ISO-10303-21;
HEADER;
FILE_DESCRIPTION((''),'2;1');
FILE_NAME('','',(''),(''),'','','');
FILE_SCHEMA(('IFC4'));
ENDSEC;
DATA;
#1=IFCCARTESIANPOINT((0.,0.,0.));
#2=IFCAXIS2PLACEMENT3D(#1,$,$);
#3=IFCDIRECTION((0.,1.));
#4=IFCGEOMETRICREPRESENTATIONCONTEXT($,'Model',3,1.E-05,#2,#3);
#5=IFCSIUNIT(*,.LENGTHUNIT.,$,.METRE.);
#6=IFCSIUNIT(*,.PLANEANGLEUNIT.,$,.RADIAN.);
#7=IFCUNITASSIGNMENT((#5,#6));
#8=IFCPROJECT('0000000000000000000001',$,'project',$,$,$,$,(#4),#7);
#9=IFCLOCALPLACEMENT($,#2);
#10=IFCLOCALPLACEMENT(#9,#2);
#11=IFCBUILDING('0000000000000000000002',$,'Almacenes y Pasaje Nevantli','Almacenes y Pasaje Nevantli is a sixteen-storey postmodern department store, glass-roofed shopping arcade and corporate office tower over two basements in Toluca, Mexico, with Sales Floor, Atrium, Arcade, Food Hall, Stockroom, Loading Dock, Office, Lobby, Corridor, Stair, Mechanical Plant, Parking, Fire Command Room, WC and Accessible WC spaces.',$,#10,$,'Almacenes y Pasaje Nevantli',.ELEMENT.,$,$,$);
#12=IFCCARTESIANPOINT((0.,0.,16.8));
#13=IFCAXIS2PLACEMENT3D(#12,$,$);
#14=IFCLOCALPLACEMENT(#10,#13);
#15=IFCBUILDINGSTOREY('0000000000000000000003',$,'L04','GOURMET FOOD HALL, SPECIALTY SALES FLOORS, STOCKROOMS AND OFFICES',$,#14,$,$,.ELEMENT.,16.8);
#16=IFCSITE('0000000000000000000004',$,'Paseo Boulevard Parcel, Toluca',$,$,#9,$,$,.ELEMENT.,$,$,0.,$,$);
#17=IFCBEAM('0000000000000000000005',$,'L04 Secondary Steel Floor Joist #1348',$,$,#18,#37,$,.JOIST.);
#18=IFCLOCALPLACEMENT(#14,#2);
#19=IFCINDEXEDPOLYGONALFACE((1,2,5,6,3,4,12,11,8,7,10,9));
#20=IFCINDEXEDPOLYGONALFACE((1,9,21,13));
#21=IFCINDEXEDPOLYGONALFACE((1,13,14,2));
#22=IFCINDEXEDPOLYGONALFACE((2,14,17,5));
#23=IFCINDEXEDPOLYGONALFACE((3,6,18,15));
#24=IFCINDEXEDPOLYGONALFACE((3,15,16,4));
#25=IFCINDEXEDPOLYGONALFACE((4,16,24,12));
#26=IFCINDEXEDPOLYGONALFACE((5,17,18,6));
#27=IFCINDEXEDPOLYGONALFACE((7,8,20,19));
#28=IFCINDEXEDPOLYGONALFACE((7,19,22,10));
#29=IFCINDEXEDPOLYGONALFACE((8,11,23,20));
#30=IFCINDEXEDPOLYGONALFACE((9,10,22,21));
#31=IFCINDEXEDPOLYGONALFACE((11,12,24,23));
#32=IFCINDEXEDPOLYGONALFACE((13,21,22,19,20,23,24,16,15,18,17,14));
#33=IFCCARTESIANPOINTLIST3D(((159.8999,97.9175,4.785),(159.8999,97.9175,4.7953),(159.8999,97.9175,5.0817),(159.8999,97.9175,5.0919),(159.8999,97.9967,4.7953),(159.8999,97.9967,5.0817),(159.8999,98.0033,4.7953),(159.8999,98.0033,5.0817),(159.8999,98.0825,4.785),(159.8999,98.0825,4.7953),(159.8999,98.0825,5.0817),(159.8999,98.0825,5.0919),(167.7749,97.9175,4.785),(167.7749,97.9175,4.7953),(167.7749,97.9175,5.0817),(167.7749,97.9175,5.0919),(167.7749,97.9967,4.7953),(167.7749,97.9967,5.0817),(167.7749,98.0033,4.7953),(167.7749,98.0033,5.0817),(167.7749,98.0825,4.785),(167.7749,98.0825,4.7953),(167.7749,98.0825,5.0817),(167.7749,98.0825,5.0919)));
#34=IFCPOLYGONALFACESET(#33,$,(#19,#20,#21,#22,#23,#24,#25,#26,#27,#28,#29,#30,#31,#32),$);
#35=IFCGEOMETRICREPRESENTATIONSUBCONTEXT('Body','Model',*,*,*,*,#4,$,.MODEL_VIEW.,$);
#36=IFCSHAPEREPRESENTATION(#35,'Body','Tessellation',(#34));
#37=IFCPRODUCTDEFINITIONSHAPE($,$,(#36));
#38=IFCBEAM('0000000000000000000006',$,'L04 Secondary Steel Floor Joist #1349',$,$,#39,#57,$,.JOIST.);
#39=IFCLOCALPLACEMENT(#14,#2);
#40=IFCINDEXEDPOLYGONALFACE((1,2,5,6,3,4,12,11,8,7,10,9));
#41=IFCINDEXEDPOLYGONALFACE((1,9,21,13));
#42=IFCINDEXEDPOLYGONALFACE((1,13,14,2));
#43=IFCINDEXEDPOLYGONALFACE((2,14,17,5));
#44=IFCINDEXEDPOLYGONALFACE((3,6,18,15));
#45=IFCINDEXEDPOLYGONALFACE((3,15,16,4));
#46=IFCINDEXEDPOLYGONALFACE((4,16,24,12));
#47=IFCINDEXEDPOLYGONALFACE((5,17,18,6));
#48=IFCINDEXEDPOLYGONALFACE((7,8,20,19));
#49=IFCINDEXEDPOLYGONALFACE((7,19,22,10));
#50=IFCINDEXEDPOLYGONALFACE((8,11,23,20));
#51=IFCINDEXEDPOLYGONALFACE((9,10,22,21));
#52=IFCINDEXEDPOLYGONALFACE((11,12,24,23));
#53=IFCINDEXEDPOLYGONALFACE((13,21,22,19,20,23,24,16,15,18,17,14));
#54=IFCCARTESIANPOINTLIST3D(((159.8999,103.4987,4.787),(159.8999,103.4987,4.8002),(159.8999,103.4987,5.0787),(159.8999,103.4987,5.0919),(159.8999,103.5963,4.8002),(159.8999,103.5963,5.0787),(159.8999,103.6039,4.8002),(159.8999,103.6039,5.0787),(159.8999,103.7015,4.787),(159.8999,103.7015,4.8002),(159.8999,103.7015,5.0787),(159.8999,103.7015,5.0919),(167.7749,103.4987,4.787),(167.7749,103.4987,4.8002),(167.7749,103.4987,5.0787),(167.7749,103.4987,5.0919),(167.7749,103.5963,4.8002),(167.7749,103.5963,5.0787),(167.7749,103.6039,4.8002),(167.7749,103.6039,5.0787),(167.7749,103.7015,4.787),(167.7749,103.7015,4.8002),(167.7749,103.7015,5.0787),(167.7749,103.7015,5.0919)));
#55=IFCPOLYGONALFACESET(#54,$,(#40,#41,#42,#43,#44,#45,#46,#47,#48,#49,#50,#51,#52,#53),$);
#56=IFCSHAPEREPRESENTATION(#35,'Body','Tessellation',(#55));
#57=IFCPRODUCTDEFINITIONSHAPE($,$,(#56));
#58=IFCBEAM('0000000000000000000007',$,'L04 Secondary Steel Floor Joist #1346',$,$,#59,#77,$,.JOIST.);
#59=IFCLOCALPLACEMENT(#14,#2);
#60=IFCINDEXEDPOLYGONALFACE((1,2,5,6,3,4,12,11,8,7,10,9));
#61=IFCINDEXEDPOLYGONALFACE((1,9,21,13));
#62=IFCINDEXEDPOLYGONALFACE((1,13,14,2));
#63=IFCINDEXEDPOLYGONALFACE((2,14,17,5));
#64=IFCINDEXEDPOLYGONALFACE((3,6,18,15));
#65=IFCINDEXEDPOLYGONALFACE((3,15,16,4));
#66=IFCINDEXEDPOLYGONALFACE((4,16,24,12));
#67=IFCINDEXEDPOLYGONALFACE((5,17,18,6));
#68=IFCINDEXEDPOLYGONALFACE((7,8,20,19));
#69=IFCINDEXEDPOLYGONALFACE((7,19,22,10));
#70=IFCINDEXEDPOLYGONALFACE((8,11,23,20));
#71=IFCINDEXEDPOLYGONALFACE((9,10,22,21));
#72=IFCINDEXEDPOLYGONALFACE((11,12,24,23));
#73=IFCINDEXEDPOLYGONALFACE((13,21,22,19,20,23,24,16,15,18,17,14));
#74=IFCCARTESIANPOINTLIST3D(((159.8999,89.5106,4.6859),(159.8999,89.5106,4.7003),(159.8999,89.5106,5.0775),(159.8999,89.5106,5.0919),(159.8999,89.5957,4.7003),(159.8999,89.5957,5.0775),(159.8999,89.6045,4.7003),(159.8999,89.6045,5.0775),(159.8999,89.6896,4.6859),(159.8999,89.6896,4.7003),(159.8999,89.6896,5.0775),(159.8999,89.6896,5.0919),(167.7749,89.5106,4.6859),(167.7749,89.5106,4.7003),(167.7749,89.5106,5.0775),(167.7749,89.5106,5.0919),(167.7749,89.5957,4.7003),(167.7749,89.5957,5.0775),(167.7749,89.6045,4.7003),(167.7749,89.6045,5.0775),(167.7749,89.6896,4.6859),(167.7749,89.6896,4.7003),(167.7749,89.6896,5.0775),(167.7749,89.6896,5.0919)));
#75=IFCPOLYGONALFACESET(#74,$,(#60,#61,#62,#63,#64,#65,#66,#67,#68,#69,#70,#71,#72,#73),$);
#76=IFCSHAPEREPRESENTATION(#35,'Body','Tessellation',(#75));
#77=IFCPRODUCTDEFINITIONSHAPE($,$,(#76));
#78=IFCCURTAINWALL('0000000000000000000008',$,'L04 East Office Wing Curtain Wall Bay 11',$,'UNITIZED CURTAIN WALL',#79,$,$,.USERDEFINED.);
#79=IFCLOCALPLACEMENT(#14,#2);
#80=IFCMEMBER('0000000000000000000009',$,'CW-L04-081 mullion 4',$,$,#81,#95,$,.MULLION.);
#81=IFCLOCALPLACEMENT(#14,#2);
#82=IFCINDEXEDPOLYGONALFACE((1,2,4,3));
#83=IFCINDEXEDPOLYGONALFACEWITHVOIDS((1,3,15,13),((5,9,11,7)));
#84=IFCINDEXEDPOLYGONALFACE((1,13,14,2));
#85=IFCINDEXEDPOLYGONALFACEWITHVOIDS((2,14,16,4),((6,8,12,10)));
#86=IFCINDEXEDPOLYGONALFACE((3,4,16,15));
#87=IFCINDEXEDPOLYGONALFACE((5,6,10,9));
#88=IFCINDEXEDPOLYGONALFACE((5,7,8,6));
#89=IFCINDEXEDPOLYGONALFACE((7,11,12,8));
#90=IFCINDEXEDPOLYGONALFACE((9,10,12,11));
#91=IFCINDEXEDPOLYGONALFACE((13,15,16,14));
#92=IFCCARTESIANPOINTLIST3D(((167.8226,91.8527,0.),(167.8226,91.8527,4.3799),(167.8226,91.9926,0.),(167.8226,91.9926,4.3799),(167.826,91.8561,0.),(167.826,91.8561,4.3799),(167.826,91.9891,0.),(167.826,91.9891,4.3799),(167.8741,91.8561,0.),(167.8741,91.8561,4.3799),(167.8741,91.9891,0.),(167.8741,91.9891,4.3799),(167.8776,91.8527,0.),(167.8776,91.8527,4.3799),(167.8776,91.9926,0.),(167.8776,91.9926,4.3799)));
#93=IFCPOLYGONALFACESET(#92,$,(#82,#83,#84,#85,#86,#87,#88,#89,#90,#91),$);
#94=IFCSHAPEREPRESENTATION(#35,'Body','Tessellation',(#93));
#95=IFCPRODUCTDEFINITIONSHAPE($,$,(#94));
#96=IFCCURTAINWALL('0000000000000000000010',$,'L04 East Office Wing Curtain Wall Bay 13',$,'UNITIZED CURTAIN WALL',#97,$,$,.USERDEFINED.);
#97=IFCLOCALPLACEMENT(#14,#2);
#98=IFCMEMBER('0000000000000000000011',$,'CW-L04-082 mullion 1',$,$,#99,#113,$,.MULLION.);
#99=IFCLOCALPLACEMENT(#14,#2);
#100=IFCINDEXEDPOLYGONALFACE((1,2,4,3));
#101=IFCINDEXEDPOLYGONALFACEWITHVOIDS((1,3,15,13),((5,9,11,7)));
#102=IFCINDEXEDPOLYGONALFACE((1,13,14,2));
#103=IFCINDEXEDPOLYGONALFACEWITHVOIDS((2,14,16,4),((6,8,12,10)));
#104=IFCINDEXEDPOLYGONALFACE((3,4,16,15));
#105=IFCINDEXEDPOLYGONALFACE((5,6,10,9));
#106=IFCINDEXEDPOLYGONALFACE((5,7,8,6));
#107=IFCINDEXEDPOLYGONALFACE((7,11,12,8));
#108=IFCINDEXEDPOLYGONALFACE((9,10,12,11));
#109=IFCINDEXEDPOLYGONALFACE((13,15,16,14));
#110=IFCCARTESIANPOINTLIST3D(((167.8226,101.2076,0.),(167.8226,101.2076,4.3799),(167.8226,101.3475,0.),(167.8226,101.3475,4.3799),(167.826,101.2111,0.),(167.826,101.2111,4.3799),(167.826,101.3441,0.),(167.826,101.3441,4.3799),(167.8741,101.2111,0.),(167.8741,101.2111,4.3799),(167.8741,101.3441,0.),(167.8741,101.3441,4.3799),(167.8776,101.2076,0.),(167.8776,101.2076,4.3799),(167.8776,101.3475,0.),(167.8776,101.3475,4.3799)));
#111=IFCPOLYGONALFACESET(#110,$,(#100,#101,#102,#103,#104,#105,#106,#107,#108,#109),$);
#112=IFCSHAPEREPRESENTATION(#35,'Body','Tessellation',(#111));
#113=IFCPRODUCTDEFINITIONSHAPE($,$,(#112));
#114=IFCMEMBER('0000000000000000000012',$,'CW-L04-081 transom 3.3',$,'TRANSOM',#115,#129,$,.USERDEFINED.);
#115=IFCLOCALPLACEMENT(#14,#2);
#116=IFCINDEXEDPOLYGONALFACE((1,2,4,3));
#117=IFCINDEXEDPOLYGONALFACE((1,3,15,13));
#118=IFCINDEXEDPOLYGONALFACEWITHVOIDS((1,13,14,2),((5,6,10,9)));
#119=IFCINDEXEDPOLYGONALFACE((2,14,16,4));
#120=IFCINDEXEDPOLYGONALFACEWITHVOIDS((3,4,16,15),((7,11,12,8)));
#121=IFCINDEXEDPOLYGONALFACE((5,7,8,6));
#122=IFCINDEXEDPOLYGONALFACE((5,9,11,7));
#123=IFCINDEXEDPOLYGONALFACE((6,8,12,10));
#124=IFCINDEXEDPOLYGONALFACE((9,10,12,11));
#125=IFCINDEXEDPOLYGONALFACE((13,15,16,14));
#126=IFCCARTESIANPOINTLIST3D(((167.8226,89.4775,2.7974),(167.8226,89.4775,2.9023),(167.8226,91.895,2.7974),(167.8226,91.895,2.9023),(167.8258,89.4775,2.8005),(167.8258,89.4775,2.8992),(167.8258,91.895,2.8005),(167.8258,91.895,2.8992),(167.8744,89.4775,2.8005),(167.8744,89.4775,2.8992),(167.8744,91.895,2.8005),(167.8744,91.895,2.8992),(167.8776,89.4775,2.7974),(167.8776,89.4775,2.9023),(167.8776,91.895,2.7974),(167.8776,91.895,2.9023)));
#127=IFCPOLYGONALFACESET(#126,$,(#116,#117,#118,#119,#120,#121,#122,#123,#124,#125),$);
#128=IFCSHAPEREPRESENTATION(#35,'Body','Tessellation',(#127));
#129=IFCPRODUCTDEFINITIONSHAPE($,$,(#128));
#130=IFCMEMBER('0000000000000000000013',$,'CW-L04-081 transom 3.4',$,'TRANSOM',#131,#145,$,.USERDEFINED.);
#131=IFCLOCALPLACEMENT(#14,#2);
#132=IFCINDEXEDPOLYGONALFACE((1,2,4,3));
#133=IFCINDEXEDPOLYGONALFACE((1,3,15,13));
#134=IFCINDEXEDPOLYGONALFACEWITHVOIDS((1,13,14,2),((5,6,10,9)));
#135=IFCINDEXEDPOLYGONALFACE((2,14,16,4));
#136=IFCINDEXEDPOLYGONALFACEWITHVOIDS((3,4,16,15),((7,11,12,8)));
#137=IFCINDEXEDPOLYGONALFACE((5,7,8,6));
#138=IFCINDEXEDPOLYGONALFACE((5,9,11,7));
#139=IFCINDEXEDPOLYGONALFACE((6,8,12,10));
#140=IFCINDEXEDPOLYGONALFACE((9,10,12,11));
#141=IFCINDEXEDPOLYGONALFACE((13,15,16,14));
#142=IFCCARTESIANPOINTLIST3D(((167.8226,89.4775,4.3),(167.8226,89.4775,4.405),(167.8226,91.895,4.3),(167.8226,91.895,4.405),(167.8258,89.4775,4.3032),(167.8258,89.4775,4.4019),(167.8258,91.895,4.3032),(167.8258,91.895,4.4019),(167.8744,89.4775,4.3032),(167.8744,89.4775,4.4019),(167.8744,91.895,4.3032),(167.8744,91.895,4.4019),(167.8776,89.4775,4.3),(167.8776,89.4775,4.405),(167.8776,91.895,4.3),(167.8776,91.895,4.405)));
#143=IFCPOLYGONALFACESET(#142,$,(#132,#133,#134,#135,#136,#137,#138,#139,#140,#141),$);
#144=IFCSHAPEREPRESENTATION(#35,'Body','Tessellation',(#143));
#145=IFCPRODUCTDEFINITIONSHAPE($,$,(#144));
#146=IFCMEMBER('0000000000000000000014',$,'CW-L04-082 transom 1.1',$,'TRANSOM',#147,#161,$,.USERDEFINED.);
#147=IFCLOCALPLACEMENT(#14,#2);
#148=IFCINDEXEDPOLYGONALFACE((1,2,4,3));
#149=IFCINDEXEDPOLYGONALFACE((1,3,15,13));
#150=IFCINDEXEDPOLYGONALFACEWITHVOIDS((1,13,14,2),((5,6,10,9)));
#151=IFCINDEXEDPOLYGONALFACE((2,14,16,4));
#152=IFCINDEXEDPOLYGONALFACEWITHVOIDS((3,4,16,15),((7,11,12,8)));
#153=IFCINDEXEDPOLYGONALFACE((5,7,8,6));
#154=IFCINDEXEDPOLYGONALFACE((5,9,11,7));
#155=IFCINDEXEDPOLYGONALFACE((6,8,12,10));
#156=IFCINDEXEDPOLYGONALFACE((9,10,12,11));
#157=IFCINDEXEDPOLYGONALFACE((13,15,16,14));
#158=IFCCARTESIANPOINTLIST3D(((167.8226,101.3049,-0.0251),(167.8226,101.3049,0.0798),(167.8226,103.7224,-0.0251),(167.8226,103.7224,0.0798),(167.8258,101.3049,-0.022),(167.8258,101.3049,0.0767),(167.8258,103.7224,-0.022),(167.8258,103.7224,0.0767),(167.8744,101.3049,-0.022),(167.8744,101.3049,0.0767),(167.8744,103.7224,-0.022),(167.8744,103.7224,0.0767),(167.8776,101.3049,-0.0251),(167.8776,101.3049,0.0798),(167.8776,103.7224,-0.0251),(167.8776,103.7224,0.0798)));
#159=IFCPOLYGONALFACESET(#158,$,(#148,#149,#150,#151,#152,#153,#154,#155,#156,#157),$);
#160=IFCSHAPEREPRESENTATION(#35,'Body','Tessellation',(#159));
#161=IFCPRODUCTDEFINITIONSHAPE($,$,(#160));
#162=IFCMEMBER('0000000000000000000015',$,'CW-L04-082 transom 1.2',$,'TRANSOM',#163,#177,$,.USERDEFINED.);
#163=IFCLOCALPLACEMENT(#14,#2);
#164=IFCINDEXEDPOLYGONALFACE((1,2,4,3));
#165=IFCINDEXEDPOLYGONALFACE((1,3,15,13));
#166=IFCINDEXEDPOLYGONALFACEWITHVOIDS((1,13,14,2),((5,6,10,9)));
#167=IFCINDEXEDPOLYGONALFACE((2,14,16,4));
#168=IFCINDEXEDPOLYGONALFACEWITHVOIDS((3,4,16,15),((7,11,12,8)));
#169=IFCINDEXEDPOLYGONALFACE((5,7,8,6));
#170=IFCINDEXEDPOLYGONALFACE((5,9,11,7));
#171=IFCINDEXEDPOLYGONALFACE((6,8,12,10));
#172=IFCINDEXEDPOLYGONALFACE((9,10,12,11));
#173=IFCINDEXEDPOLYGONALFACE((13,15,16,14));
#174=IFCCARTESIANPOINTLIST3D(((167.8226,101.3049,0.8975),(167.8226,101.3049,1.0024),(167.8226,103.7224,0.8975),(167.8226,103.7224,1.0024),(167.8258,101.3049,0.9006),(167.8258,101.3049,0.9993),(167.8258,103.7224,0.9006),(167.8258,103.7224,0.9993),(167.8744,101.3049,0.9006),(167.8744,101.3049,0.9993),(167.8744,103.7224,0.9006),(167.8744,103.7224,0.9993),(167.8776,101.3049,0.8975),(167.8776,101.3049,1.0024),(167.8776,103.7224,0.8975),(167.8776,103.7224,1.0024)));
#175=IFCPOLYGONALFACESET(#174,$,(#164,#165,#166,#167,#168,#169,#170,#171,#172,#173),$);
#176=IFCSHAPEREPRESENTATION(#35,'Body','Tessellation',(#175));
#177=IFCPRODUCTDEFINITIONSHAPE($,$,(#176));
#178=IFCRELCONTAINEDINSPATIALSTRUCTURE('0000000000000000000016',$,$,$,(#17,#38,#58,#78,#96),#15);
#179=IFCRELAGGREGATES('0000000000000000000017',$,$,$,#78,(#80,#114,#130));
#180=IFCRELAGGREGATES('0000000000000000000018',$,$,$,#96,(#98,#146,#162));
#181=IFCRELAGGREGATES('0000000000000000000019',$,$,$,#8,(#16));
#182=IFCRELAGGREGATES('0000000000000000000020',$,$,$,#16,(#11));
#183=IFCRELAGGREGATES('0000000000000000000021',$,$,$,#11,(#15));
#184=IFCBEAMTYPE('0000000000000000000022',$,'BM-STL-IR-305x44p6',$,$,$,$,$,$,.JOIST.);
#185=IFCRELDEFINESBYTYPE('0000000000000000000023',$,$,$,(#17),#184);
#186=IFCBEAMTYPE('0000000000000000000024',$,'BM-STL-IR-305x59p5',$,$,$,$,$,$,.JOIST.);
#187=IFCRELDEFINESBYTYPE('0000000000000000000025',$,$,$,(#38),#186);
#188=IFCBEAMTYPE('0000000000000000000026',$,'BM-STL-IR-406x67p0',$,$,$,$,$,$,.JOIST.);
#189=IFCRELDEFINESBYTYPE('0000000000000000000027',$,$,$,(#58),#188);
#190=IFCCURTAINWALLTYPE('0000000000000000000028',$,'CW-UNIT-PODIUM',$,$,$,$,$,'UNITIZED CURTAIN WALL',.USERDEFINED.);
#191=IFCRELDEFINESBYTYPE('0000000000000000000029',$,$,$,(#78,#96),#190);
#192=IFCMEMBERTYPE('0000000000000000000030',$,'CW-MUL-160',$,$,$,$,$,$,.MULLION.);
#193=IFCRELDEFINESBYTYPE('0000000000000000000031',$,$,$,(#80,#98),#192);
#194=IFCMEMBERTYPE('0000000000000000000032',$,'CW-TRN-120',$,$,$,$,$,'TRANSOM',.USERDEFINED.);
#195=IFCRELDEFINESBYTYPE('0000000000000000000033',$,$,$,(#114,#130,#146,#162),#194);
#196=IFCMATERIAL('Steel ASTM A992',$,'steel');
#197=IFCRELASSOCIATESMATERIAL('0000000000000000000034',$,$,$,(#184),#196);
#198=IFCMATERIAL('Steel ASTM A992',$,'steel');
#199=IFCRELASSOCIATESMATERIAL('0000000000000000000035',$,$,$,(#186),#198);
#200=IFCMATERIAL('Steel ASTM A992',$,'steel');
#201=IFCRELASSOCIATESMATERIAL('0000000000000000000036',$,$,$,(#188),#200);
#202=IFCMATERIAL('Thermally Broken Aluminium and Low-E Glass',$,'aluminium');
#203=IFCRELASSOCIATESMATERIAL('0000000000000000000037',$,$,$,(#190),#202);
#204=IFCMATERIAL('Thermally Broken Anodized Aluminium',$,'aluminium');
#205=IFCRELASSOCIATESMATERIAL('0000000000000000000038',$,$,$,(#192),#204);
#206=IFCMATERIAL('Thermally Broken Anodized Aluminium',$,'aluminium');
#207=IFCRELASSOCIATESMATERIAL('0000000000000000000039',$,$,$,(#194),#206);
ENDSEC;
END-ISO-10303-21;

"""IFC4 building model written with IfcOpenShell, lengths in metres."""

from ifc_helpers import new_model, si_unit, direction, frame, origin, origin_2d, place, context, subcontext, project, spatial, hollow_rectangle, i_section, extrude, material, material_profile, profile_set, type_object, element, aggregate, save


model = new_model("IFC4")

# Units and contexts
model_context = context("Model", 3, precision=1e-05, world=origin(), true_north=direction((0.0, 1.0)))
body_context = subcontext(model_context, "Body", "Model", "MODEL_VIEW")
ifc_project = project(units=[si_unit("LENGTHUNIT", "METRE"), si_unit("PLANEANGLEUNIT", "RADIAN")], contexts=[model_context])

# Site, building, storey
site_placement = place(None, origin())
site = spatial("IfcSite", under=ifc_project, at=site_placement, Name="Paseo Boulevard Parcel, Toluca", CompositionType="ELEMENT", RefElevation=0.0)
building_placement = place(site_placement, origin())
building = spatial("IfcBuilding", under=site, at=building_placement, Name="Almacenes y Pasaje Nevantli", Description="Almacenes y Pasaje Nevantli is a sixteen-storey postmodern department store, glass-roofed shopping arcade and corporate office tower over two basements in Toluca, Mexico, with Sales Floor, Atrium, Arcade, Food Hall, Stockroom, Loading Dock, Office, Lobby, Corridor, Stair, Mechanical Plant, Parking, Fire Command Room, WC and Accessible WC spaces.", LongName="Almacenes y Pasaje Nevantli", CompositionType="ELEMENT")
storey_placement = place(building_placement, frame((0.0, 0.0, 16.8)))
storey = spatial("IfcBuildingStorey", under=building, at=storey_placement, Name="L04", Description="GOURMET FOOD HALL, SPECIALTY SALES FLOORS, STOCKROOMS AND OFFICES", CompositionType="ELEMENT", Elevation=16.8)

# Beams
ifc_material_1 = material(Name="Steel ASTM A992", Category="steel")
ifc_material_profile_1 = material_profile(ifc_material_1, i_section(OverallWidth=0.165, OverallDepth=0.3069, WebThickness=0.0066, FlangeThickness=0.0103, at=origin_2d()), Name="IR 305x44.6")
ifc_profile_set_1 = profile_set([ifc_material_profile_1], Name="Steel ASTM A992")
beam_type_1 = type_object("IfcBeamType", Name="BM-STL-IR-305x44p6", PredefinedType="JOIST", material=ifc_profile_set_1)
for number, where, z_axis, x_axis, name in (
    (1, (159.8999, 98.0, 4.9385), (1.0, 0.0, 0.0), (0.0, 1.0, 0.0), "L04 Secondary Steel Floor Joist #1348"),
):
    element("IfcBeam", number, at=place(storey_placement, frame(where, z_axis=z_axis, x_axis=x_axis)), inside=storey, type_object=beam_type_1, Name=name, PredefinedType="JOIST", context=body_context, shape_type="SweptSolid", body=[
        extrude(i_section(OverallWidth=0.165, OverallDepth=0.3069, WebThickness=0.0066, FlangeThickness=0.0103, at=origin_2d()), origin(), (0.0, 0.0, 1.0), 7.875),
    ])
ifc_material_2 = material(Name="Steel ASTM A992", Category="steel")
ifc_material_profile_2 = material_profile(ifc_material_2, i_section(OverallWidth=0.2029, OverallDepth=0.3049, WebThickness=0.0076, FlangeThickness=0.0132, at=origin_2d()), Name="IR 305x59.5")
ifc_profile_set_2 = profile_set([ifc_material_profile_2], Name="Steel ASTM A992")
beam_type_2 = type_object("IfcBeamType", Name="BM-STL-IR-305x59p5", PredefinedType="JOIST", material=ifc_profile_set_2)
beam_1_placement = place(storey_placement, frame((159.8999, 103.6001, 4.9395), z_axis=(1.0, 0.0, 0.0), x_axis=(0.0, 1.0, 0.0)))
element("IfcBeam", 2, at=beam_1_placement, inside=storey, type_object=beam_type_2, Name="L04 Secondary Steel Floor Joist #1349", PredefinedType="JOIST", context=body_context, shape_type="SweptSolid", body=[
    extrude(i_section(OverallWidth=0.2029, OverallDepth=0.3049, WebThickness=0.0076, FlangeThickness=0.0132, at=origin_2d()), origin(), (0.0, 0.0, 1.0), 7.875),
])
ifc_material_3 = material(Name="Steel ASTM A992", Category="steel")
ifc_material_profile_3 = material_profile(ifc_material_3, i_section(OverallWidth=0.179, OverallDepth=0.406, WebThickness=0.0088, FlangeThickness=0.0144, at=origin_2d()), Name="IR 406x67.0")
ifc_profile_set_3 = profile_set([ifc_material_profile_3], Name="Steel ASTM A992")
beam_type_3 = type_object("IfcBeamType", Name="BM-STL-IR-406x67p0", PredefinedType="JOIST", material=ifc_profile_set_3)
beam_2_placement = place(storey_placement, frame((159.8999, 89.6001, 4.8889), z_axis=(1.0, 0.0, 0.0), x_axis=(0.0, 1.0, 0.0)))
element("IfcBeam", 3, at=beam_2_placement, inside=storey, type_object=beam_type_3, Name="L04 Secondary Steel Floor Joist #1346", PredefinedType="JOIST", context=body_context, shape_type="SweptSolid", body=[
    extrude(i_section(OverallWidth=0.179, OverallDepth=0.406, WebThickness=0.0088, FlangeThickness=0.0144, at=origin_2d()), origin(), (0.0, 0.0, 1.0), 7.875),
])

# Curtain walls, members
ifc_material_4 = material(Name="Thermally Broken Aluminium and Low-E Glass", Category="aluminium")
curtain_wall_type = type_object("IfcCurtainWallType", Name="CW-UNIT-PODIUM", ElementType="UNITIZED CURTAIN WALL", PredefinedType="USERDEFINED", material=ifc_material_4)
curtain_wall_1_placement = place(storey_placement, origin())
curtain_wall_1 = element("IfcCurtainWall", 4, at=curtain_wall_1_placement, inside=storey, type_object=curtain_wall_type, Name="L04 East Office Wing Curtain Wall Bay 11", ObjectType="UNITIZED CURTAIN WALL", PredefinedType="USERDEFINED")
ifc_material_5 = material(Name="Thermally Broken Anodized Aluminium", Category="aluminium")
ifc_material_profile_4 = material_profile(ifc_material_5, hollow_rectangle(XDim=0.0549, YDim=0.1399, WallThickness=0.0034, at=origin_2d()), Name="ALU-MUL-55x140")
ifc_profile_set_4 = profile_set([ifc_material_profile_4], Name="Thermally Broken Anodized Aluminium")
member_type_1 = type_object("IfcMemberType", Name="CW-MUL-160", PredefinedType="MULLION", material=ifc_profile_set_4)
member_1_placement = place(storey_placement, frame((167.8501, 91.9226, 0.0), z_axis=(0.0, 0.0, 1.0), x_axis=(-1.0, 0.0, 0.0)))
member_1 = element("IfcMember", 5, at=member_1_placement, type_object=member_type_1, Name="CW-L04-081 mullion 4", PredefinedType="MULLION", context=body_context, shape_type="SweptSolid", body=[
    extrude(hollow_rectangle(XDim=0.0549, YDim=0.1399, WallThickness=0.0034, at=origin_2d()), origin(), (0.0, 0.0, 1.0), 4.3799),
])
curtain_wall_2_placement = place(storey_placement, origin())
curtain_wall_2 = element("IfcCurtainWall", 6, at=curtain_wall_2_placement, inside=storey, type_object=curtain_wall_type, Name="L04 East Office Wing Curtain Wall Bay 13", ObjectType="UNITIZED CURTAIN WALL", PredefinedType="USERDEFINED")
member_2_placement = place(storey_placement, frame((167.8501, 101.2776, 0.0), z_axis=(0.0, 0.0, 1.0), x_axis=(-1.0, 0.0, 0.0)))
member_2 = element("IfcMember", 7, at=member_2_placement, type_object=member_type_1, Name="CW-L04-082 mullion 1", PredefinedType="MULLION", context=body_context, shape_type="SweptSolid", body=[
    extrude(hollow_rectangle(XDim=0.0549, YDim=0.1399, WallThickness=0.0034, at=origin_2d()), origin(), (0.0, 0.0, 1.0), 4.3799),
])

# Members
ifc_material_6 = material(Name="Thermally Broken Anodized Aluminium", Category="aluminium")
ifc_material_profile_5 = material_profile(ifc_material_6, hollow_rectangle(XDim=0.0549, YDim=0.105, WallThickness=0.0032, at=origin_2d()), Name="ALU-TRN-55x105")
ifc_profile_set_5 = profile_set([ifc_material_profile_5], Name="Thermally Broken Anodized Aluminium")
member_type_2 = type_object("IfcMemberType", Name="CW-TRN-120", ElementType="TRANSOM", PredefinedType="USERDEFINED", material=ifc_profile_set_5)
member_3_placement = place(storey_placement, frame((167.8501, 89.4775, 2.8499), z_axis=(0.0, 1.0, 0.0), x_axis=(-1.0, 0.0, 0.0)))
member_3 = element("IfcMember", 8, at=member_3_placement, type_object=member_type_2, Name="CW-L04-081 transom 3.3", ObjectType="TRANSOM", PredefinedType="USERDEFINED", context=body_context, shape_type="SweptSolid", body=[
    extrude(hollow_rectangle(XDim=0.0549, YDim=0.105, WallThickness=0.0032, at=origin_2d()), origin(), (0.0, 0.0, 1.0), 2.4175),
])
member_4_placement = place(storey_placement, frame((167.8501, 89.4775, 4.3525), z_axis=(0.0, 1.0, 0.0), x_axis=(-1.0, 0.0, 0.0)))
member_4 = element("IfcMember", 9, at=member_4_placement, type_object=member_type_2, Name="CW-L04-081 transom 3.4", ObjectType="TRANSOM", PredefinedType="USERDEFINED", context=body_context, shape_type="SweptSolid", body=[
    extrude(hollow_rectangle(XDim=0.0549, YDim=0.105, WallThickness=0.0032, at=origin_2d()), origin(), (0.0, 0.0, 1.0), 2.4175),
])
member_5_placement = place(storey_placement, frame((167.8501, 101.3049, 0.0273), z_axis=(0.0, 1.0, 0.0), x_axis=(-1.0, 0.0, 0.0)))
member_5 = element("IfcMember", 10, at=member_5_placement, type_object=member_type_2, Name="CW-L04-082 transom 1.1", ObjectType="TRANSOM", PredefinedType="USERDEFINED", context=body_context, shape_type="SweptSolid", body=[
    extrude(hollow_rectangle(XDim=0.0549, YDim=0.105, WallThickness=0.0032, at=origin_2d()), origin(), (0.0, 0.0, 1.0), 2.4175),
])
member_6_placement = place(storey_placement, frame((167.8501, 101.3049, 0.95), z_axis=(0.0, 1.0, 0.0), x_axis=(-1.0, 0.0, 0.0)))
member_6 = element("IfcMember", 11, at=member_6_placement, type_object=member_type_2, Name="CW-L04-082 transom 1.2", ObjectType="TRANSOM", PredefinedType="USERDEFINED", context=body_context, shape_type="SweptSolid", body=[
    extrude(hollow_rectangle(XDim=0.0549, YDim=0.105, WallThickness=0.0032, at=origin_2d()), origin(), (0.0, 0.0, 1.0), 2.4175),
])

aggregate(curtain_wall_1, [member_1, member_3, member_4])
aggregate(curtain_wall_2, [member_2, member_5, member_6])

save(model, "model.ifc")
